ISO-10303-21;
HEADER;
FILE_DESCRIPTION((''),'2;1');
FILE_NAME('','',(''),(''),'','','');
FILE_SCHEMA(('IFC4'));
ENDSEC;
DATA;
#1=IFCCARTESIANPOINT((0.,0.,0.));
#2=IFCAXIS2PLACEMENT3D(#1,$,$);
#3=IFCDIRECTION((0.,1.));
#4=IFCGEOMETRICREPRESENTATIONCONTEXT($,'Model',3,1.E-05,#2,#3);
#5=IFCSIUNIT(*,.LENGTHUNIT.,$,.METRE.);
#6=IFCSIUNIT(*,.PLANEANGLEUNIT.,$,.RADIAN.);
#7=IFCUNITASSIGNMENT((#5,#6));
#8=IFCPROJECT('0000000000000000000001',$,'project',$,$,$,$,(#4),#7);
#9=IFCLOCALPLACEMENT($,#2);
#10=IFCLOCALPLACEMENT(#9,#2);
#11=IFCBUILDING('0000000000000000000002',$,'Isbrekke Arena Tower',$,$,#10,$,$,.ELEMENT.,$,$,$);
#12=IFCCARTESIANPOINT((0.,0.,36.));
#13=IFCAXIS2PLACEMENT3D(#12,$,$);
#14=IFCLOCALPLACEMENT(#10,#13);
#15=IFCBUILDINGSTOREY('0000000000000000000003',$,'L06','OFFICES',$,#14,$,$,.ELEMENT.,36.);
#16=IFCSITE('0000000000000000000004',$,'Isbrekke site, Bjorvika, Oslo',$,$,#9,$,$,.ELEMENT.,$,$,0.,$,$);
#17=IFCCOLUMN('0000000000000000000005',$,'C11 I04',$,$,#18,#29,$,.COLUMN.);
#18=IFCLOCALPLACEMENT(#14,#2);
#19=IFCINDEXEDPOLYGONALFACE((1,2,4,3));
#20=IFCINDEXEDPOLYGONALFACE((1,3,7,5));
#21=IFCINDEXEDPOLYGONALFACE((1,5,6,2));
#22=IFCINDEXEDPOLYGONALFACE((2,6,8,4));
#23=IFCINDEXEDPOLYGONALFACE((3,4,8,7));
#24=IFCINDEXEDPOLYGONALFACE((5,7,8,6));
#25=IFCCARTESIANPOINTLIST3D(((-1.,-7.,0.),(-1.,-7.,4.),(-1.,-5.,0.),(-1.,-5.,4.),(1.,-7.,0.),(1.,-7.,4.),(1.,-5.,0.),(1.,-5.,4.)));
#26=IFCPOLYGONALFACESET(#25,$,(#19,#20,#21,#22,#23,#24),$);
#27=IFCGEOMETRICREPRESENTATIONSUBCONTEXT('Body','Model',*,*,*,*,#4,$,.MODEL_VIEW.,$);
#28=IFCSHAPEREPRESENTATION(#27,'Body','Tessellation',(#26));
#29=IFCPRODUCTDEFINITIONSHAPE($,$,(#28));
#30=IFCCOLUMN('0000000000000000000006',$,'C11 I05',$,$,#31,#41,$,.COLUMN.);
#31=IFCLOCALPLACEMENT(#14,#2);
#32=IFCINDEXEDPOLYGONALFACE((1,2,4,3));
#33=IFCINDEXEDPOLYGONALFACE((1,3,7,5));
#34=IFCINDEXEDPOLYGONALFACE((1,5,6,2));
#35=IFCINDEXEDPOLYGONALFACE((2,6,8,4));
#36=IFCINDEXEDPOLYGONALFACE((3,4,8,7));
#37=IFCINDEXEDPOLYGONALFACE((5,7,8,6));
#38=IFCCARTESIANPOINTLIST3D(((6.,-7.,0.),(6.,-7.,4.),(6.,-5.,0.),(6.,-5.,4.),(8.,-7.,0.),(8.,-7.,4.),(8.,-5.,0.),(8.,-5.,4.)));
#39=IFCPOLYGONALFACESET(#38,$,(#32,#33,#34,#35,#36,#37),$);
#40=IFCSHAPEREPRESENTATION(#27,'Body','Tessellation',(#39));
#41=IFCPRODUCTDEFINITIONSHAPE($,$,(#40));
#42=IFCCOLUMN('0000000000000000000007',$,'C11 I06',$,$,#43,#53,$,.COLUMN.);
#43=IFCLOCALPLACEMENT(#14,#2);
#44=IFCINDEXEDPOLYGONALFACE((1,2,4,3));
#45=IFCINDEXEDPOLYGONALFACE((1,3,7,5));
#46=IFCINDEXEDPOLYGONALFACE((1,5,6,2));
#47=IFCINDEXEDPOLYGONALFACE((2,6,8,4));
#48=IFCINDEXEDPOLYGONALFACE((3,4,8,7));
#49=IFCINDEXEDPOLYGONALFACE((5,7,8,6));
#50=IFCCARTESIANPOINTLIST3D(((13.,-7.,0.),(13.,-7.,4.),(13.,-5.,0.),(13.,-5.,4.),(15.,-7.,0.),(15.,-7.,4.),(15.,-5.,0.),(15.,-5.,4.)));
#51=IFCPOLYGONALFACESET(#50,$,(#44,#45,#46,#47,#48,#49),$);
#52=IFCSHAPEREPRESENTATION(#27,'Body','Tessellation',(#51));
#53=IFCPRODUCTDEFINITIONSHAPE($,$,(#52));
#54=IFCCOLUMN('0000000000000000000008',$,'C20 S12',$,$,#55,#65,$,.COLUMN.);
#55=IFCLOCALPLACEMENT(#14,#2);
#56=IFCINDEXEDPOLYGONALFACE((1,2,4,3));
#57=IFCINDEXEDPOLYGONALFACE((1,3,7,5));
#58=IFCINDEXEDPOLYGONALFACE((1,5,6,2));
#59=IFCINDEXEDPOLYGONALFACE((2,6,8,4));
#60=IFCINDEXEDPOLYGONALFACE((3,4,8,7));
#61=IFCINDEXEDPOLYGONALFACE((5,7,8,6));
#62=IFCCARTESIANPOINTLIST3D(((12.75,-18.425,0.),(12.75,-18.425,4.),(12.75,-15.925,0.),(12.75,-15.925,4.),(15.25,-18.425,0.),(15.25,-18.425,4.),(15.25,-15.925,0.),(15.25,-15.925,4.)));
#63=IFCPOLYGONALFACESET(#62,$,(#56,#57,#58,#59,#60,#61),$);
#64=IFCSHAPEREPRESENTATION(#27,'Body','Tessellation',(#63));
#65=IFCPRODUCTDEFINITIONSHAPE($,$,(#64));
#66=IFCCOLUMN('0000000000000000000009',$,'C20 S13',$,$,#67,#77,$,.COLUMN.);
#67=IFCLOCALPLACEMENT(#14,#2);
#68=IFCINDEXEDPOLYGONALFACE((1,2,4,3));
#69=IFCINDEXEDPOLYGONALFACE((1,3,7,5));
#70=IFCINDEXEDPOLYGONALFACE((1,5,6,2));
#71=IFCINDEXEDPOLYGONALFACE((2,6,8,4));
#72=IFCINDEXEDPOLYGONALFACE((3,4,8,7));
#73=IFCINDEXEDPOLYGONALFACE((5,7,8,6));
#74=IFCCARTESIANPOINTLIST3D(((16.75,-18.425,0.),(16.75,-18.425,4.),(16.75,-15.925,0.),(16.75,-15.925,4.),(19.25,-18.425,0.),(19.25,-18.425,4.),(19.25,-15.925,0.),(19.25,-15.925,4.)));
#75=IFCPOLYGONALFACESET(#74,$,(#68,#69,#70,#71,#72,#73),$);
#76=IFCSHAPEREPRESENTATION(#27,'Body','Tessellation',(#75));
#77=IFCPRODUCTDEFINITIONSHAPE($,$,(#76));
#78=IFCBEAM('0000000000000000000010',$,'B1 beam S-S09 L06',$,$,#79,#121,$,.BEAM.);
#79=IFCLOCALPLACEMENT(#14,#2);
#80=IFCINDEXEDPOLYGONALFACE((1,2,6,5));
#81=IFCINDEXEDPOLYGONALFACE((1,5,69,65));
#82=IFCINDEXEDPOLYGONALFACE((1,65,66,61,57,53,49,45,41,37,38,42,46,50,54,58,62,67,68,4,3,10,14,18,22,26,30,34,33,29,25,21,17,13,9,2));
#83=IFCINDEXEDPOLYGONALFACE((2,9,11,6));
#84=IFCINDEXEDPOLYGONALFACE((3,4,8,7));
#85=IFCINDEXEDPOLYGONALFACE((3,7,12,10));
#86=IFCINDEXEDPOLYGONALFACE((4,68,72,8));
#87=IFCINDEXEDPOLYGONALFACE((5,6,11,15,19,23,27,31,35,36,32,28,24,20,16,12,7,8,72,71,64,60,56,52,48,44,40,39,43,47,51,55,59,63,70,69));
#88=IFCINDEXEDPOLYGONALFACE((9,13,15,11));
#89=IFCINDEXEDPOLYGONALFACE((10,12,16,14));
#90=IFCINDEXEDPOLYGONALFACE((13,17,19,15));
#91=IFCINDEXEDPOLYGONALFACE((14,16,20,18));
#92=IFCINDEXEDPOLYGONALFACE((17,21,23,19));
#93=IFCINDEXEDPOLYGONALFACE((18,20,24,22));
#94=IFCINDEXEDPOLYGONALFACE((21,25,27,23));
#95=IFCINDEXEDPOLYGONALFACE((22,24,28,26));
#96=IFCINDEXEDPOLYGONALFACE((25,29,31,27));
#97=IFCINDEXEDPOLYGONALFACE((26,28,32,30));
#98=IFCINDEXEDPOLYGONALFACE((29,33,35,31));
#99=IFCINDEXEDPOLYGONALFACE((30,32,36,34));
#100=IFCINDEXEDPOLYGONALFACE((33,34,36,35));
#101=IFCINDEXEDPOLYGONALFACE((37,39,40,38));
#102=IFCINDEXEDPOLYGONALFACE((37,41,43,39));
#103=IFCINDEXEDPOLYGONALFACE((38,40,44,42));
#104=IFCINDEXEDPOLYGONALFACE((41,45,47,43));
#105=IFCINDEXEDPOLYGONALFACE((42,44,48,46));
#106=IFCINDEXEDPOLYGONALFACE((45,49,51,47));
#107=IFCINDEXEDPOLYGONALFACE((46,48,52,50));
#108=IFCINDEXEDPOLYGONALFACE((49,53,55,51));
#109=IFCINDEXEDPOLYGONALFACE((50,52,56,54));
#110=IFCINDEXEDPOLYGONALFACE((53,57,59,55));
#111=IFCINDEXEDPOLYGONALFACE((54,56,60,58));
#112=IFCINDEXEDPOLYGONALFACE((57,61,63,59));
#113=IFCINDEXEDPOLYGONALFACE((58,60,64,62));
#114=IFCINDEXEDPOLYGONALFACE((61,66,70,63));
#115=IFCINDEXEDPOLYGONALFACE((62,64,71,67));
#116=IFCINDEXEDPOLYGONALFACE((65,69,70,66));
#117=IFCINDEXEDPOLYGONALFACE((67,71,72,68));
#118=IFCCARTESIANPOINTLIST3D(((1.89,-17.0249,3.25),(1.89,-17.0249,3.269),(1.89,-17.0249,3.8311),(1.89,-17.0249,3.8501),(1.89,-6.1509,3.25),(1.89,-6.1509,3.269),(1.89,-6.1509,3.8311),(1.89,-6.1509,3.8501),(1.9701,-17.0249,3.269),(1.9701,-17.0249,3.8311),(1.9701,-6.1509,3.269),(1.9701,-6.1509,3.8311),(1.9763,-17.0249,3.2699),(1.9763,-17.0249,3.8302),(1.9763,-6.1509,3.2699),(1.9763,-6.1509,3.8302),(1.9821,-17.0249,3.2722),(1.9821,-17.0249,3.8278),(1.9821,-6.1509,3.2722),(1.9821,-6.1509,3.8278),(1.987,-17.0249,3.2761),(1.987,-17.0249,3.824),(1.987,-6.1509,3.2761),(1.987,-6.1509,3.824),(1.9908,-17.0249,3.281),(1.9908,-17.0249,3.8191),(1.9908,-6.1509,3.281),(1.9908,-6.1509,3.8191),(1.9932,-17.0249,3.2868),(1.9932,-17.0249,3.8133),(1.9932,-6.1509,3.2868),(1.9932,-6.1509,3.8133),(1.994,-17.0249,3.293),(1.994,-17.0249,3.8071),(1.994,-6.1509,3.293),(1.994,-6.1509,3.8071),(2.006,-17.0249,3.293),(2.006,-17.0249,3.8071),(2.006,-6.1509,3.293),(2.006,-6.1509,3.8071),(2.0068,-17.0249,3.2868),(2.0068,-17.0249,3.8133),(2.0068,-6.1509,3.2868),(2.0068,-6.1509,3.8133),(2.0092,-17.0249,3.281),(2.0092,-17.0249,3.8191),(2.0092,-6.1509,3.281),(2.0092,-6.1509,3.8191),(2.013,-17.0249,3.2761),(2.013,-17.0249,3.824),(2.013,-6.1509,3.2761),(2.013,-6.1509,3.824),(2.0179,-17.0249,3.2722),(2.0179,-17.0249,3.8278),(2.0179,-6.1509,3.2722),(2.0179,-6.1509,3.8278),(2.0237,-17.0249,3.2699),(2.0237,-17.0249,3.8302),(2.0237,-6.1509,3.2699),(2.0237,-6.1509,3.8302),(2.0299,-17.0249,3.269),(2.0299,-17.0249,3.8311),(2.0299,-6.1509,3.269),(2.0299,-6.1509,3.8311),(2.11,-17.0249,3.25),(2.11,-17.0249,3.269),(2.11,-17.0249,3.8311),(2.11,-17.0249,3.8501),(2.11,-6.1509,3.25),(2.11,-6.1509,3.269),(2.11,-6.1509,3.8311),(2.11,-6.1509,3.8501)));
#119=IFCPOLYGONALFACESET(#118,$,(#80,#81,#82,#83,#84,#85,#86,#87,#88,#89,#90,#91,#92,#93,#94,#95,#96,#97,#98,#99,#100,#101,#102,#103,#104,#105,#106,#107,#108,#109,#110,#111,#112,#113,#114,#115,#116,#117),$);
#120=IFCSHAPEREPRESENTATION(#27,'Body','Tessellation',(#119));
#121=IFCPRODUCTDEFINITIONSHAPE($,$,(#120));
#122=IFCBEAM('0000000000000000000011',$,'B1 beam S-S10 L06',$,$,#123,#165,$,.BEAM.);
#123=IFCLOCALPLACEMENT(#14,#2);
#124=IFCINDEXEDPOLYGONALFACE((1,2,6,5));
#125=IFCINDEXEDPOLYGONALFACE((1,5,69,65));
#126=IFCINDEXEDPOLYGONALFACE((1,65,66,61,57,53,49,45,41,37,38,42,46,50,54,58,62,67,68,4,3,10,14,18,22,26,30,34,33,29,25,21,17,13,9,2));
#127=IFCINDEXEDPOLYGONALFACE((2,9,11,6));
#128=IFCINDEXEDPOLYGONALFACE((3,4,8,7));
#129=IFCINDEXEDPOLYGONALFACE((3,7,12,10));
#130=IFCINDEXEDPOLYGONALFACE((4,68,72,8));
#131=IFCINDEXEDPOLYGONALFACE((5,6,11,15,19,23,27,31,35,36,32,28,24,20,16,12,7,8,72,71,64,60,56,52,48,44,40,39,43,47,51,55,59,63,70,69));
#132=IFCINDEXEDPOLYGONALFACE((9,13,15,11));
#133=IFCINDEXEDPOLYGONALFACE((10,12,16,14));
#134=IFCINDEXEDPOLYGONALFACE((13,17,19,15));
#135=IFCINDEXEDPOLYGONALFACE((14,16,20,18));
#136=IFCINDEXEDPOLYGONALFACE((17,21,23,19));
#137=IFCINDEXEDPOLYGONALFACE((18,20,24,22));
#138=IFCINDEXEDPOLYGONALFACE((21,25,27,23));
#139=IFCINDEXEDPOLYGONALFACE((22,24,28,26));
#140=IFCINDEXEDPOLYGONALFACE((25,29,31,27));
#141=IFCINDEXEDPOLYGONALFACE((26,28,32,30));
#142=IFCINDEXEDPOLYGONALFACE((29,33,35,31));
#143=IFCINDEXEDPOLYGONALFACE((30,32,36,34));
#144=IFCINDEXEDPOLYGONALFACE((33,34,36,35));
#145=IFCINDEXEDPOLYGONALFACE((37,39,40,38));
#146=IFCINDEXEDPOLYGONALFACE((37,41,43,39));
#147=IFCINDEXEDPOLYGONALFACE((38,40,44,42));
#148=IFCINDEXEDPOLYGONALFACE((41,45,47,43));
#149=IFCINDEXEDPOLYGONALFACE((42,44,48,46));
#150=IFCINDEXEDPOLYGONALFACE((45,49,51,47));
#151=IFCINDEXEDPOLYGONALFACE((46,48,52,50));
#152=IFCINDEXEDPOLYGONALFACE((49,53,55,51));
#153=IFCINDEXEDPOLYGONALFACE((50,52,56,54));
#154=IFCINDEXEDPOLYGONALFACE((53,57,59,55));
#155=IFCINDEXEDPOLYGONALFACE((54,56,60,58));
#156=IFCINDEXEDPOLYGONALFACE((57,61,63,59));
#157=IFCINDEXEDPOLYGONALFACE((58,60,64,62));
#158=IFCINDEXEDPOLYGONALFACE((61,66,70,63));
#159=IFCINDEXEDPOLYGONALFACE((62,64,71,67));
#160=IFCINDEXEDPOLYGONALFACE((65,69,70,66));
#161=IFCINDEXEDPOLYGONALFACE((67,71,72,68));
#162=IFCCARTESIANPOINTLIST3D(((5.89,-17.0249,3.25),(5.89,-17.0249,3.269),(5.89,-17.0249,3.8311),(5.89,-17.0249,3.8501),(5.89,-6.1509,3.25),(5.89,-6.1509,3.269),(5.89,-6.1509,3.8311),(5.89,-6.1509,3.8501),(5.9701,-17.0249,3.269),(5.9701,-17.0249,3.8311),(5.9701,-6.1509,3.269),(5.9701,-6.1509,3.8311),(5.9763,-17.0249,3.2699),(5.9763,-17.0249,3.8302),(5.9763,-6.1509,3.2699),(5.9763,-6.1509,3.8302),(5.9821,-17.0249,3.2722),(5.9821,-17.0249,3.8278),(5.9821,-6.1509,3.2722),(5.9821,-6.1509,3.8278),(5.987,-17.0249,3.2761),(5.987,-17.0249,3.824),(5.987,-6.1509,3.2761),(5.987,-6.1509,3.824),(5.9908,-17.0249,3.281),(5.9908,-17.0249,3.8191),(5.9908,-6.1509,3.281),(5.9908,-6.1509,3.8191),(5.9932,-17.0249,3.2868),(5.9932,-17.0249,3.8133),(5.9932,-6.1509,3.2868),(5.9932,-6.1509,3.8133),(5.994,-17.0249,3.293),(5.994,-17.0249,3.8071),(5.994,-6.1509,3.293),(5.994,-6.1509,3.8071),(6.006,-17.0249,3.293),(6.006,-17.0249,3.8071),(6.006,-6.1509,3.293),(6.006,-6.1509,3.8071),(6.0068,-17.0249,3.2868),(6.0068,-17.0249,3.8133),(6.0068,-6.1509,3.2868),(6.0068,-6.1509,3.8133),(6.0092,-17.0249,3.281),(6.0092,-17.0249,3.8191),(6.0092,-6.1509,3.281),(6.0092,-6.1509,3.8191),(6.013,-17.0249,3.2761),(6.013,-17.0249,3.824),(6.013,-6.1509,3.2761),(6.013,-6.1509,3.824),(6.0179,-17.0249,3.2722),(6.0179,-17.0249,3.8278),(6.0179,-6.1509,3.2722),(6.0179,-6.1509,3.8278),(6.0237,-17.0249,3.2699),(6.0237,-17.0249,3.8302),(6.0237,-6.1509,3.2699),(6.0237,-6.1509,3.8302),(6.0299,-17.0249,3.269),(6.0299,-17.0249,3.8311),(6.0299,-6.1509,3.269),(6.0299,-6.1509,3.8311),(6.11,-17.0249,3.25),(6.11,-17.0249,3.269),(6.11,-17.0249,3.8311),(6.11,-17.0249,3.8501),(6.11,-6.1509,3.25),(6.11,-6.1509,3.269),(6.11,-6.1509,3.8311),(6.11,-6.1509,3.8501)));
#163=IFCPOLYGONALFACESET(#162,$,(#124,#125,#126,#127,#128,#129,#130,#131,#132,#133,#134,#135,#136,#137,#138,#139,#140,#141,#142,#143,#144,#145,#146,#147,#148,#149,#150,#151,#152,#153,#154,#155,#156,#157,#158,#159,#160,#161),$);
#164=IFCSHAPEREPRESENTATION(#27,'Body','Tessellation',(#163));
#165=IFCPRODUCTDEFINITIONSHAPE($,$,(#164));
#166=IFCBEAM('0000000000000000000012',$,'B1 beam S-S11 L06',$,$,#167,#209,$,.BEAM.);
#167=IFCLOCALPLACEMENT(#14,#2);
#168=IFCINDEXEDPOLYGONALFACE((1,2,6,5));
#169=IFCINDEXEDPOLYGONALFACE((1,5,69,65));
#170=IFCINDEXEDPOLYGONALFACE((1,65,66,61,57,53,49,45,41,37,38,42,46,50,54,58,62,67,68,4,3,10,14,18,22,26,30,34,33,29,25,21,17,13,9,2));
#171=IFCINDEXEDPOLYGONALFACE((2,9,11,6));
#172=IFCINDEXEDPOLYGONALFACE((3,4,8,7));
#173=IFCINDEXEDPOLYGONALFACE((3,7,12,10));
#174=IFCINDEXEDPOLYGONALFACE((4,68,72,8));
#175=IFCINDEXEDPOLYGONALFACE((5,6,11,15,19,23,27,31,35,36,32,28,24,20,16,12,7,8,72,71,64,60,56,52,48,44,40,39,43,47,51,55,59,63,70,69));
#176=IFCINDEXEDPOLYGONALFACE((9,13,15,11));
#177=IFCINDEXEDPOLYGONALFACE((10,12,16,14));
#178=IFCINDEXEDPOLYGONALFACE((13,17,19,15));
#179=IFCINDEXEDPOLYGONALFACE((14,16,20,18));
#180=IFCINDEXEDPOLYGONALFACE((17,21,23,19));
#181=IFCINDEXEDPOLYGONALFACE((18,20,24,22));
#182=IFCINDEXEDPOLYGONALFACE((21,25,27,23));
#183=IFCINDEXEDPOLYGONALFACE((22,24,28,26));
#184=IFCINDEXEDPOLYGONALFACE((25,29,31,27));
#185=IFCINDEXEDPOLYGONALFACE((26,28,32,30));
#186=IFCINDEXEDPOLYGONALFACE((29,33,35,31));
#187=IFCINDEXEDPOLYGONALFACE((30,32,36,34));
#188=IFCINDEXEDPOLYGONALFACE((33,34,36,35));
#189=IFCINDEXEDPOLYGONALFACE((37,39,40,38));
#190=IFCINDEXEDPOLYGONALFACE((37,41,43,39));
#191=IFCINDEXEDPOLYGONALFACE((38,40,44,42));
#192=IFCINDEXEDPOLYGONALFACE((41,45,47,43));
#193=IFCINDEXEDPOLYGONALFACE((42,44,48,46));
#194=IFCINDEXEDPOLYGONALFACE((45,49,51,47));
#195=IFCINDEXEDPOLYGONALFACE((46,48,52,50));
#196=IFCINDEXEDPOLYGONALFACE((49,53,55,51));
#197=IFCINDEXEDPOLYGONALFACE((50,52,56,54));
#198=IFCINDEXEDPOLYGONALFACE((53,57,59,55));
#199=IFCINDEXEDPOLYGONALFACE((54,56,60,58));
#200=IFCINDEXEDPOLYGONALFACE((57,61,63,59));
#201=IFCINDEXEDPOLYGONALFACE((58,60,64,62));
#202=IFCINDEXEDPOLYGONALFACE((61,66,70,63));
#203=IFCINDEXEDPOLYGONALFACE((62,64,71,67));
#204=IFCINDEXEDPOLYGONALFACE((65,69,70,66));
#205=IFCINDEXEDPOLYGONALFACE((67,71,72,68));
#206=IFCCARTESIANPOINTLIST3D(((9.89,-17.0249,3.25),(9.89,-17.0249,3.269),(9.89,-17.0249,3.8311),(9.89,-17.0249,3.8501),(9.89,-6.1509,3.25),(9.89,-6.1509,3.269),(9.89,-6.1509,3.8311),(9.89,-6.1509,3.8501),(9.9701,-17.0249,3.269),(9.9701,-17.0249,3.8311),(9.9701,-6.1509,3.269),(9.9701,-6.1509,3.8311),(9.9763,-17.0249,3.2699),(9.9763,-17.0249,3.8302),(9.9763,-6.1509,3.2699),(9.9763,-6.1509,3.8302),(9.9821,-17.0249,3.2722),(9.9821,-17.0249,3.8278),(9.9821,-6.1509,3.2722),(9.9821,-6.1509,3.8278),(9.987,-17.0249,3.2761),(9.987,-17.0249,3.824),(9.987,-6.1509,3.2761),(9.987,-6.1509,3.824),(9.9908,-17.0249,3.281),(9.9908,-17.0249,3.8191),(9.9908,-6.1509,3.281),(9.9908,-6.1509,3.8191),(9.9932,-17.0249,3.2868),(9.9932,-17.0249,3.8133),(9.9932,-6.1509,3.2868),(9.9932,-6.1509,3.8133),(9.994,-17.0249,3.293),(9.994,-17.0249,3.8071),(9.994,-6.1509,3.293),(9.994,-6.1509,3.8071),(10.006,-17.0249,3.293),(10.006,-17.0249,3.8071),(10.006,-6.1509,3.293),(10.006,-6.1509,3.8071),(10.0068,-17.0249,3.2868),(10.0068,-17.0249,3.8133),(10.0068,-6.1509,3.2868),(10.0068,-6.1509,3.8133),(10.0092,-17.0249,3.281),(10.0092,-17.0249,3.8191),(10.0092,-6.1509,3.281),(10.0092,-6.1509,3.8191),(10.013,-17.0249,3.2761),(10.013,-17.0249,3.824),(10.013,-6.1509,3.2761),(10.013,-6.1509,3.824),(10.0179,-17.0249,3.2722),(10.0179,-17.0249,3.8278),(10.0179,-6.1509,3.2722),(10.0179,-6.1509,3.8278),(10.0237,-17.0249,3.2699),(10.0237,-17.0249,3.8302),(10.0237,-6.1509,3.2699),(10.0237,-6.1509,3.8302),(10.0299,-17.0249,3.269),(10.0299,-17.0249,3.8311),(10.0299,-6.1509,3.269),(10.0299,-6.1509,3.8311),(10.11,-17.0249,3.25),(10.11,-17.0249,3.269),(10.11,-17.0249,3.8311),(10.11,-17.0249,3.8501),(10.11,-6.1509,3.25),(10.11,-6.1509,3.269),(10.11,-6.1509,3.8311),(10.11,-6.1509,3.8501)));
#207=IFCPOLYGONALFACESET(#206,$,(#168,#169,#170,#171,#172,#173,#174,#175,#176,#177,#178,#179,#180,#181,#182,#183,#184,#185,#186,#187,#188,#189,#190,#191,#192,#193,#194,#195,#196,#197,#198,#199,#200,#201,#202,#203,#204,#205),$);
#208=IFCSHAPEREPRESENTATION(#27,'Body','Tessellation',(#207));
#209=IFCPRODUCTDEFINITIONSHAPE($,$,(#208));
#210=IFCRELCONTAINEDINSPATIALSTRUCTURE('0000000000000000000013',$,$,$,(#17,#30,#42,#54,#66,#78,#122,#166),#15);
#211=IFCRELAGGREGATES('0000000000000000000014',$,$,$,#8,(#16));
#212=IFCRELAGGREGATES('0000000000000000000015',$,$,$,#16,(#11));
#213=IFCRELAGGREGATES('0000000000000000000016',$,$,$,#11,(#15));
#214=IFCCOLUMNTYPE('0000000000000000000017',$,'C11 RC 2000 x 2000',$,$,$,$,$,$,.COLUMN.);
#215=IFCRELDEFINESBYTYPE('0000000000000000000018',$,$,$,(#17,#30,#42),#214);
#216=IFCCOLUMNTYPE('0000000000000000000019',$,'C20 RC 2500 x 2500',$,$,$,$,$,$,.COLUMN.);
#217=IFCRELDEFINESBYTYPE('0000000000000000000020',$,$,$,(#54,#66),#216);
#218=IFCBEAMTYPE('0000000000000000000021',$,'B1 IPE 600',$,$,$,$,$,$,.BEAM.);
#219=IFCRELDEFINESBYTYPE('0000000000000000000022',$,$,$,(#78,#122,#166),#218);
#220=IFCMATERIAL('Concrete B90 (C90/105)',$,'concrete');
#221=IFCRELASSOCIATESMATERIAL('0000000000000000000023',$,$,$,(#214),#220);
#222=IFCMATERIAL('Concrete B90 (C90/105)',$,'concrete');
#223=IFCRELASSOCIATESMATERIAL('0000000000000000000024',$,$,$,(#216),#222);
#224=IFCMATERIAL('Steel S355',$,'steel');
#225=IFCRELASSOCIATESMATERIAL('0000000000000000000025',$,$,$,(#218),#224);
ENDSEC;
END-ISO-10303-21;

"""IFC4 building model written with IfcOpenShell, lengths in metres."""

from ifc_helpers import new_model, si_unit, direction, frame, origin, origin_2d, place, context, subcontext, project, spatial, rectangle, i_section, extrude, material, material_profile, profile_set, type_object, element, save


model = new_model("IFC4")

# Units and contexts
model_context = context("Model", 3, precision=1e-05, world=origin(), true_north=direction((0.0, 1.0)))
body_context = subcontext(model_context, "Body", "Model", "MODEL_VIEW")
ifc_project = project(units=[si_unit("LENGTHUNIT", "METRE"), si_unit("PLANEANGLEUNIT", "RADIAN")], contexts=[model_context])

# Site, building, storey
site_placement = place(None, origin())
site = spatial("IfcSite", under=ifc_project, at=site_placement, Name="Isbrekke site, Bjorvika, Oslo", CompositionType="ELEMENT", RefElevation=0.0)
building_placement = place(site_placement, origin())
building = spatial("IfcBuilding", under=site, at=building_placement, Name="Isbrekke Arena Tower", CompositionType="ELEMENT")
storey_placement = place(building_placement, frame((0.0, 0.0, 36.0)))
storey = spatial("IfcBuildingStorey", under=building, at=storey_placement, Name="L06", Description="OFFICES", CompositionType="ELEMENT", Elevation=36.0)

# Columns
ifc_material_1 = material(Name="Concrete B90 (C90/105)", Category="concrete")
ifc_material_profile_1 = material_profile(ifc_material_1, rectangle(XDim=2.0, YDim=2.0, at=origin_2d()), Name="RC 2000x2000")
ifc_profile_set_1 = profile_set([ifc_material_profile_1], Name="Concrete B90 (C90/105)")
column_type_1 = type_object("IfcColumnType", Name="C11 RC 2000 x 2000", PredefinedType="COLUMN", material=ifc_profile_set_1)
for number, where, z_axis, x_axis, name in (
    (1, (0.0, -6.0, 0.0), (0.0, 0.0, 1.0), (1.0, 0.0, 0.0), "C11 I04"),
    (2, (7.0, -6.0, 0.0), (0.0, 0.0, 1.0), (1.0, 0.0, 0.0), "C11 I05"),
    (3, (14.0, -6.0, 0.0), (0.0, 0.0, 1.0), (1.0, 0.0, 0.0), "C11 I06"),
):
    element("IfcColumn", number, at=place(storey_placement, frame(where, z_axis=z_axis, x_axis=x_axis)), inside=storey, type_object=column_type_1, Name=name, PredefinedType="COLUMN", context=body_context, shape_type="SweptSolid", body=[
        extrude(rectangle(XDim=2.0, YDim=2.0, at=origin_2d()), origin(), (0.0, 0.0, 1.0), 4.0),
    ])
ifc_material_2 = material(Name="Concrete B90 (C90/105)", Category="concrete")
ifc_material_profile_2 = material_profile(ifc_material_2, rectangle(XDim=2.5, YDim=2.5, at=origin_2d()), Name="RC 2500x2500")
ifc_profile_set_2 = profile_set([ifc_material_profile_2], Name="Concrete B90 (C90/105)")
column_type_2 = type_object("IfcColumnType", Name="C20 RC 2500 x 2500", PredefinedType="COLUMN", material=ifc_profile_set_2)
for number, where, z_axis, x_axis, name in (
    (4, (14.0, -17.175, 0.0), (0.0, 0.0, 1.0), (1.0, 0.0, 0.0), "C20 S12"),
    (5, (18.0, -17.175, 0.0), (0.0, 0.0, 1.0), (1.0, 0.0, 0.0), "C20 S13"),
):
    element("IfcColumn", number, at=place(storey_placement, frame(where, z_axis=z_axis, x_axis=x_axis)), inside=storey, type_object=column_type_2, Name=name, PredefinedType="COLUMN", context=body_context, shape_type="SweptSolid", body=[
        extrude(rectangle(XDim=2.5, YDim=2.5, at=origin_2d()), origin(), (0.0, 0.0, 1.0), 4.0),
    ])

# Beams
ifc_material_3 = material(Name="Steel S355", Category="steel")
ifc_material_profile_3 = material_profile(ifc_material_3, i_section(OverallWidth=0.22, OverallDepth=0.6001, WebThickness=0.012, FlangeThickness=0.019, FilletRadius=0.0239, at=origin_2d()), Name="IPE 600")
ifc_profile_set_3 = profile_set([ifc_material_profile_3], Name="Steel S355")
beam_type_1 = type_object("IfcBeamType", Name="B1 IPE 600", PredefinedType="BEAM", material=ifc_profile_set_3)
for number, where, z_axis, x_axis, name in (
    (6, (2.0, -17.0249, 3.55), (0.0, 1.0, 0.0), (-1.0, 0.0, 0.0), "B1 beam S-S09 L06"),
    (7, (6.0, -17.0249, 3.55), (0.0, 1.0, 0.0), (-1.0, 0.0, 0.0), "B1 beam S-S10 L06"),
    (8, (10.0, -17.0249, 3.55), (0.0, 1.0, 0.0), (-1.0, 0.0, 0.0), "B1 beam S-S11 L06"),
):
    element("IfcBeam", number, at=place(storey_placement, frame(where, z_axis=z_axis, x_axis=x_axis)), inside=storey, type_object=beam_type_1, Name=name, PredefinedType="BEAM", context=body_context, shape_type="SweptSolid", body=[
        extrude(i_section(OverallWidth=0.22, OverallDepth=0.6001, WebThickness=0.012, FlangeThickness=0.019, FilletRadius=0.0239, at=origin_2d()), origin(), (0.0, 0.0, 1.0), 10.874),
    ])

save(model, "model.ifc")
